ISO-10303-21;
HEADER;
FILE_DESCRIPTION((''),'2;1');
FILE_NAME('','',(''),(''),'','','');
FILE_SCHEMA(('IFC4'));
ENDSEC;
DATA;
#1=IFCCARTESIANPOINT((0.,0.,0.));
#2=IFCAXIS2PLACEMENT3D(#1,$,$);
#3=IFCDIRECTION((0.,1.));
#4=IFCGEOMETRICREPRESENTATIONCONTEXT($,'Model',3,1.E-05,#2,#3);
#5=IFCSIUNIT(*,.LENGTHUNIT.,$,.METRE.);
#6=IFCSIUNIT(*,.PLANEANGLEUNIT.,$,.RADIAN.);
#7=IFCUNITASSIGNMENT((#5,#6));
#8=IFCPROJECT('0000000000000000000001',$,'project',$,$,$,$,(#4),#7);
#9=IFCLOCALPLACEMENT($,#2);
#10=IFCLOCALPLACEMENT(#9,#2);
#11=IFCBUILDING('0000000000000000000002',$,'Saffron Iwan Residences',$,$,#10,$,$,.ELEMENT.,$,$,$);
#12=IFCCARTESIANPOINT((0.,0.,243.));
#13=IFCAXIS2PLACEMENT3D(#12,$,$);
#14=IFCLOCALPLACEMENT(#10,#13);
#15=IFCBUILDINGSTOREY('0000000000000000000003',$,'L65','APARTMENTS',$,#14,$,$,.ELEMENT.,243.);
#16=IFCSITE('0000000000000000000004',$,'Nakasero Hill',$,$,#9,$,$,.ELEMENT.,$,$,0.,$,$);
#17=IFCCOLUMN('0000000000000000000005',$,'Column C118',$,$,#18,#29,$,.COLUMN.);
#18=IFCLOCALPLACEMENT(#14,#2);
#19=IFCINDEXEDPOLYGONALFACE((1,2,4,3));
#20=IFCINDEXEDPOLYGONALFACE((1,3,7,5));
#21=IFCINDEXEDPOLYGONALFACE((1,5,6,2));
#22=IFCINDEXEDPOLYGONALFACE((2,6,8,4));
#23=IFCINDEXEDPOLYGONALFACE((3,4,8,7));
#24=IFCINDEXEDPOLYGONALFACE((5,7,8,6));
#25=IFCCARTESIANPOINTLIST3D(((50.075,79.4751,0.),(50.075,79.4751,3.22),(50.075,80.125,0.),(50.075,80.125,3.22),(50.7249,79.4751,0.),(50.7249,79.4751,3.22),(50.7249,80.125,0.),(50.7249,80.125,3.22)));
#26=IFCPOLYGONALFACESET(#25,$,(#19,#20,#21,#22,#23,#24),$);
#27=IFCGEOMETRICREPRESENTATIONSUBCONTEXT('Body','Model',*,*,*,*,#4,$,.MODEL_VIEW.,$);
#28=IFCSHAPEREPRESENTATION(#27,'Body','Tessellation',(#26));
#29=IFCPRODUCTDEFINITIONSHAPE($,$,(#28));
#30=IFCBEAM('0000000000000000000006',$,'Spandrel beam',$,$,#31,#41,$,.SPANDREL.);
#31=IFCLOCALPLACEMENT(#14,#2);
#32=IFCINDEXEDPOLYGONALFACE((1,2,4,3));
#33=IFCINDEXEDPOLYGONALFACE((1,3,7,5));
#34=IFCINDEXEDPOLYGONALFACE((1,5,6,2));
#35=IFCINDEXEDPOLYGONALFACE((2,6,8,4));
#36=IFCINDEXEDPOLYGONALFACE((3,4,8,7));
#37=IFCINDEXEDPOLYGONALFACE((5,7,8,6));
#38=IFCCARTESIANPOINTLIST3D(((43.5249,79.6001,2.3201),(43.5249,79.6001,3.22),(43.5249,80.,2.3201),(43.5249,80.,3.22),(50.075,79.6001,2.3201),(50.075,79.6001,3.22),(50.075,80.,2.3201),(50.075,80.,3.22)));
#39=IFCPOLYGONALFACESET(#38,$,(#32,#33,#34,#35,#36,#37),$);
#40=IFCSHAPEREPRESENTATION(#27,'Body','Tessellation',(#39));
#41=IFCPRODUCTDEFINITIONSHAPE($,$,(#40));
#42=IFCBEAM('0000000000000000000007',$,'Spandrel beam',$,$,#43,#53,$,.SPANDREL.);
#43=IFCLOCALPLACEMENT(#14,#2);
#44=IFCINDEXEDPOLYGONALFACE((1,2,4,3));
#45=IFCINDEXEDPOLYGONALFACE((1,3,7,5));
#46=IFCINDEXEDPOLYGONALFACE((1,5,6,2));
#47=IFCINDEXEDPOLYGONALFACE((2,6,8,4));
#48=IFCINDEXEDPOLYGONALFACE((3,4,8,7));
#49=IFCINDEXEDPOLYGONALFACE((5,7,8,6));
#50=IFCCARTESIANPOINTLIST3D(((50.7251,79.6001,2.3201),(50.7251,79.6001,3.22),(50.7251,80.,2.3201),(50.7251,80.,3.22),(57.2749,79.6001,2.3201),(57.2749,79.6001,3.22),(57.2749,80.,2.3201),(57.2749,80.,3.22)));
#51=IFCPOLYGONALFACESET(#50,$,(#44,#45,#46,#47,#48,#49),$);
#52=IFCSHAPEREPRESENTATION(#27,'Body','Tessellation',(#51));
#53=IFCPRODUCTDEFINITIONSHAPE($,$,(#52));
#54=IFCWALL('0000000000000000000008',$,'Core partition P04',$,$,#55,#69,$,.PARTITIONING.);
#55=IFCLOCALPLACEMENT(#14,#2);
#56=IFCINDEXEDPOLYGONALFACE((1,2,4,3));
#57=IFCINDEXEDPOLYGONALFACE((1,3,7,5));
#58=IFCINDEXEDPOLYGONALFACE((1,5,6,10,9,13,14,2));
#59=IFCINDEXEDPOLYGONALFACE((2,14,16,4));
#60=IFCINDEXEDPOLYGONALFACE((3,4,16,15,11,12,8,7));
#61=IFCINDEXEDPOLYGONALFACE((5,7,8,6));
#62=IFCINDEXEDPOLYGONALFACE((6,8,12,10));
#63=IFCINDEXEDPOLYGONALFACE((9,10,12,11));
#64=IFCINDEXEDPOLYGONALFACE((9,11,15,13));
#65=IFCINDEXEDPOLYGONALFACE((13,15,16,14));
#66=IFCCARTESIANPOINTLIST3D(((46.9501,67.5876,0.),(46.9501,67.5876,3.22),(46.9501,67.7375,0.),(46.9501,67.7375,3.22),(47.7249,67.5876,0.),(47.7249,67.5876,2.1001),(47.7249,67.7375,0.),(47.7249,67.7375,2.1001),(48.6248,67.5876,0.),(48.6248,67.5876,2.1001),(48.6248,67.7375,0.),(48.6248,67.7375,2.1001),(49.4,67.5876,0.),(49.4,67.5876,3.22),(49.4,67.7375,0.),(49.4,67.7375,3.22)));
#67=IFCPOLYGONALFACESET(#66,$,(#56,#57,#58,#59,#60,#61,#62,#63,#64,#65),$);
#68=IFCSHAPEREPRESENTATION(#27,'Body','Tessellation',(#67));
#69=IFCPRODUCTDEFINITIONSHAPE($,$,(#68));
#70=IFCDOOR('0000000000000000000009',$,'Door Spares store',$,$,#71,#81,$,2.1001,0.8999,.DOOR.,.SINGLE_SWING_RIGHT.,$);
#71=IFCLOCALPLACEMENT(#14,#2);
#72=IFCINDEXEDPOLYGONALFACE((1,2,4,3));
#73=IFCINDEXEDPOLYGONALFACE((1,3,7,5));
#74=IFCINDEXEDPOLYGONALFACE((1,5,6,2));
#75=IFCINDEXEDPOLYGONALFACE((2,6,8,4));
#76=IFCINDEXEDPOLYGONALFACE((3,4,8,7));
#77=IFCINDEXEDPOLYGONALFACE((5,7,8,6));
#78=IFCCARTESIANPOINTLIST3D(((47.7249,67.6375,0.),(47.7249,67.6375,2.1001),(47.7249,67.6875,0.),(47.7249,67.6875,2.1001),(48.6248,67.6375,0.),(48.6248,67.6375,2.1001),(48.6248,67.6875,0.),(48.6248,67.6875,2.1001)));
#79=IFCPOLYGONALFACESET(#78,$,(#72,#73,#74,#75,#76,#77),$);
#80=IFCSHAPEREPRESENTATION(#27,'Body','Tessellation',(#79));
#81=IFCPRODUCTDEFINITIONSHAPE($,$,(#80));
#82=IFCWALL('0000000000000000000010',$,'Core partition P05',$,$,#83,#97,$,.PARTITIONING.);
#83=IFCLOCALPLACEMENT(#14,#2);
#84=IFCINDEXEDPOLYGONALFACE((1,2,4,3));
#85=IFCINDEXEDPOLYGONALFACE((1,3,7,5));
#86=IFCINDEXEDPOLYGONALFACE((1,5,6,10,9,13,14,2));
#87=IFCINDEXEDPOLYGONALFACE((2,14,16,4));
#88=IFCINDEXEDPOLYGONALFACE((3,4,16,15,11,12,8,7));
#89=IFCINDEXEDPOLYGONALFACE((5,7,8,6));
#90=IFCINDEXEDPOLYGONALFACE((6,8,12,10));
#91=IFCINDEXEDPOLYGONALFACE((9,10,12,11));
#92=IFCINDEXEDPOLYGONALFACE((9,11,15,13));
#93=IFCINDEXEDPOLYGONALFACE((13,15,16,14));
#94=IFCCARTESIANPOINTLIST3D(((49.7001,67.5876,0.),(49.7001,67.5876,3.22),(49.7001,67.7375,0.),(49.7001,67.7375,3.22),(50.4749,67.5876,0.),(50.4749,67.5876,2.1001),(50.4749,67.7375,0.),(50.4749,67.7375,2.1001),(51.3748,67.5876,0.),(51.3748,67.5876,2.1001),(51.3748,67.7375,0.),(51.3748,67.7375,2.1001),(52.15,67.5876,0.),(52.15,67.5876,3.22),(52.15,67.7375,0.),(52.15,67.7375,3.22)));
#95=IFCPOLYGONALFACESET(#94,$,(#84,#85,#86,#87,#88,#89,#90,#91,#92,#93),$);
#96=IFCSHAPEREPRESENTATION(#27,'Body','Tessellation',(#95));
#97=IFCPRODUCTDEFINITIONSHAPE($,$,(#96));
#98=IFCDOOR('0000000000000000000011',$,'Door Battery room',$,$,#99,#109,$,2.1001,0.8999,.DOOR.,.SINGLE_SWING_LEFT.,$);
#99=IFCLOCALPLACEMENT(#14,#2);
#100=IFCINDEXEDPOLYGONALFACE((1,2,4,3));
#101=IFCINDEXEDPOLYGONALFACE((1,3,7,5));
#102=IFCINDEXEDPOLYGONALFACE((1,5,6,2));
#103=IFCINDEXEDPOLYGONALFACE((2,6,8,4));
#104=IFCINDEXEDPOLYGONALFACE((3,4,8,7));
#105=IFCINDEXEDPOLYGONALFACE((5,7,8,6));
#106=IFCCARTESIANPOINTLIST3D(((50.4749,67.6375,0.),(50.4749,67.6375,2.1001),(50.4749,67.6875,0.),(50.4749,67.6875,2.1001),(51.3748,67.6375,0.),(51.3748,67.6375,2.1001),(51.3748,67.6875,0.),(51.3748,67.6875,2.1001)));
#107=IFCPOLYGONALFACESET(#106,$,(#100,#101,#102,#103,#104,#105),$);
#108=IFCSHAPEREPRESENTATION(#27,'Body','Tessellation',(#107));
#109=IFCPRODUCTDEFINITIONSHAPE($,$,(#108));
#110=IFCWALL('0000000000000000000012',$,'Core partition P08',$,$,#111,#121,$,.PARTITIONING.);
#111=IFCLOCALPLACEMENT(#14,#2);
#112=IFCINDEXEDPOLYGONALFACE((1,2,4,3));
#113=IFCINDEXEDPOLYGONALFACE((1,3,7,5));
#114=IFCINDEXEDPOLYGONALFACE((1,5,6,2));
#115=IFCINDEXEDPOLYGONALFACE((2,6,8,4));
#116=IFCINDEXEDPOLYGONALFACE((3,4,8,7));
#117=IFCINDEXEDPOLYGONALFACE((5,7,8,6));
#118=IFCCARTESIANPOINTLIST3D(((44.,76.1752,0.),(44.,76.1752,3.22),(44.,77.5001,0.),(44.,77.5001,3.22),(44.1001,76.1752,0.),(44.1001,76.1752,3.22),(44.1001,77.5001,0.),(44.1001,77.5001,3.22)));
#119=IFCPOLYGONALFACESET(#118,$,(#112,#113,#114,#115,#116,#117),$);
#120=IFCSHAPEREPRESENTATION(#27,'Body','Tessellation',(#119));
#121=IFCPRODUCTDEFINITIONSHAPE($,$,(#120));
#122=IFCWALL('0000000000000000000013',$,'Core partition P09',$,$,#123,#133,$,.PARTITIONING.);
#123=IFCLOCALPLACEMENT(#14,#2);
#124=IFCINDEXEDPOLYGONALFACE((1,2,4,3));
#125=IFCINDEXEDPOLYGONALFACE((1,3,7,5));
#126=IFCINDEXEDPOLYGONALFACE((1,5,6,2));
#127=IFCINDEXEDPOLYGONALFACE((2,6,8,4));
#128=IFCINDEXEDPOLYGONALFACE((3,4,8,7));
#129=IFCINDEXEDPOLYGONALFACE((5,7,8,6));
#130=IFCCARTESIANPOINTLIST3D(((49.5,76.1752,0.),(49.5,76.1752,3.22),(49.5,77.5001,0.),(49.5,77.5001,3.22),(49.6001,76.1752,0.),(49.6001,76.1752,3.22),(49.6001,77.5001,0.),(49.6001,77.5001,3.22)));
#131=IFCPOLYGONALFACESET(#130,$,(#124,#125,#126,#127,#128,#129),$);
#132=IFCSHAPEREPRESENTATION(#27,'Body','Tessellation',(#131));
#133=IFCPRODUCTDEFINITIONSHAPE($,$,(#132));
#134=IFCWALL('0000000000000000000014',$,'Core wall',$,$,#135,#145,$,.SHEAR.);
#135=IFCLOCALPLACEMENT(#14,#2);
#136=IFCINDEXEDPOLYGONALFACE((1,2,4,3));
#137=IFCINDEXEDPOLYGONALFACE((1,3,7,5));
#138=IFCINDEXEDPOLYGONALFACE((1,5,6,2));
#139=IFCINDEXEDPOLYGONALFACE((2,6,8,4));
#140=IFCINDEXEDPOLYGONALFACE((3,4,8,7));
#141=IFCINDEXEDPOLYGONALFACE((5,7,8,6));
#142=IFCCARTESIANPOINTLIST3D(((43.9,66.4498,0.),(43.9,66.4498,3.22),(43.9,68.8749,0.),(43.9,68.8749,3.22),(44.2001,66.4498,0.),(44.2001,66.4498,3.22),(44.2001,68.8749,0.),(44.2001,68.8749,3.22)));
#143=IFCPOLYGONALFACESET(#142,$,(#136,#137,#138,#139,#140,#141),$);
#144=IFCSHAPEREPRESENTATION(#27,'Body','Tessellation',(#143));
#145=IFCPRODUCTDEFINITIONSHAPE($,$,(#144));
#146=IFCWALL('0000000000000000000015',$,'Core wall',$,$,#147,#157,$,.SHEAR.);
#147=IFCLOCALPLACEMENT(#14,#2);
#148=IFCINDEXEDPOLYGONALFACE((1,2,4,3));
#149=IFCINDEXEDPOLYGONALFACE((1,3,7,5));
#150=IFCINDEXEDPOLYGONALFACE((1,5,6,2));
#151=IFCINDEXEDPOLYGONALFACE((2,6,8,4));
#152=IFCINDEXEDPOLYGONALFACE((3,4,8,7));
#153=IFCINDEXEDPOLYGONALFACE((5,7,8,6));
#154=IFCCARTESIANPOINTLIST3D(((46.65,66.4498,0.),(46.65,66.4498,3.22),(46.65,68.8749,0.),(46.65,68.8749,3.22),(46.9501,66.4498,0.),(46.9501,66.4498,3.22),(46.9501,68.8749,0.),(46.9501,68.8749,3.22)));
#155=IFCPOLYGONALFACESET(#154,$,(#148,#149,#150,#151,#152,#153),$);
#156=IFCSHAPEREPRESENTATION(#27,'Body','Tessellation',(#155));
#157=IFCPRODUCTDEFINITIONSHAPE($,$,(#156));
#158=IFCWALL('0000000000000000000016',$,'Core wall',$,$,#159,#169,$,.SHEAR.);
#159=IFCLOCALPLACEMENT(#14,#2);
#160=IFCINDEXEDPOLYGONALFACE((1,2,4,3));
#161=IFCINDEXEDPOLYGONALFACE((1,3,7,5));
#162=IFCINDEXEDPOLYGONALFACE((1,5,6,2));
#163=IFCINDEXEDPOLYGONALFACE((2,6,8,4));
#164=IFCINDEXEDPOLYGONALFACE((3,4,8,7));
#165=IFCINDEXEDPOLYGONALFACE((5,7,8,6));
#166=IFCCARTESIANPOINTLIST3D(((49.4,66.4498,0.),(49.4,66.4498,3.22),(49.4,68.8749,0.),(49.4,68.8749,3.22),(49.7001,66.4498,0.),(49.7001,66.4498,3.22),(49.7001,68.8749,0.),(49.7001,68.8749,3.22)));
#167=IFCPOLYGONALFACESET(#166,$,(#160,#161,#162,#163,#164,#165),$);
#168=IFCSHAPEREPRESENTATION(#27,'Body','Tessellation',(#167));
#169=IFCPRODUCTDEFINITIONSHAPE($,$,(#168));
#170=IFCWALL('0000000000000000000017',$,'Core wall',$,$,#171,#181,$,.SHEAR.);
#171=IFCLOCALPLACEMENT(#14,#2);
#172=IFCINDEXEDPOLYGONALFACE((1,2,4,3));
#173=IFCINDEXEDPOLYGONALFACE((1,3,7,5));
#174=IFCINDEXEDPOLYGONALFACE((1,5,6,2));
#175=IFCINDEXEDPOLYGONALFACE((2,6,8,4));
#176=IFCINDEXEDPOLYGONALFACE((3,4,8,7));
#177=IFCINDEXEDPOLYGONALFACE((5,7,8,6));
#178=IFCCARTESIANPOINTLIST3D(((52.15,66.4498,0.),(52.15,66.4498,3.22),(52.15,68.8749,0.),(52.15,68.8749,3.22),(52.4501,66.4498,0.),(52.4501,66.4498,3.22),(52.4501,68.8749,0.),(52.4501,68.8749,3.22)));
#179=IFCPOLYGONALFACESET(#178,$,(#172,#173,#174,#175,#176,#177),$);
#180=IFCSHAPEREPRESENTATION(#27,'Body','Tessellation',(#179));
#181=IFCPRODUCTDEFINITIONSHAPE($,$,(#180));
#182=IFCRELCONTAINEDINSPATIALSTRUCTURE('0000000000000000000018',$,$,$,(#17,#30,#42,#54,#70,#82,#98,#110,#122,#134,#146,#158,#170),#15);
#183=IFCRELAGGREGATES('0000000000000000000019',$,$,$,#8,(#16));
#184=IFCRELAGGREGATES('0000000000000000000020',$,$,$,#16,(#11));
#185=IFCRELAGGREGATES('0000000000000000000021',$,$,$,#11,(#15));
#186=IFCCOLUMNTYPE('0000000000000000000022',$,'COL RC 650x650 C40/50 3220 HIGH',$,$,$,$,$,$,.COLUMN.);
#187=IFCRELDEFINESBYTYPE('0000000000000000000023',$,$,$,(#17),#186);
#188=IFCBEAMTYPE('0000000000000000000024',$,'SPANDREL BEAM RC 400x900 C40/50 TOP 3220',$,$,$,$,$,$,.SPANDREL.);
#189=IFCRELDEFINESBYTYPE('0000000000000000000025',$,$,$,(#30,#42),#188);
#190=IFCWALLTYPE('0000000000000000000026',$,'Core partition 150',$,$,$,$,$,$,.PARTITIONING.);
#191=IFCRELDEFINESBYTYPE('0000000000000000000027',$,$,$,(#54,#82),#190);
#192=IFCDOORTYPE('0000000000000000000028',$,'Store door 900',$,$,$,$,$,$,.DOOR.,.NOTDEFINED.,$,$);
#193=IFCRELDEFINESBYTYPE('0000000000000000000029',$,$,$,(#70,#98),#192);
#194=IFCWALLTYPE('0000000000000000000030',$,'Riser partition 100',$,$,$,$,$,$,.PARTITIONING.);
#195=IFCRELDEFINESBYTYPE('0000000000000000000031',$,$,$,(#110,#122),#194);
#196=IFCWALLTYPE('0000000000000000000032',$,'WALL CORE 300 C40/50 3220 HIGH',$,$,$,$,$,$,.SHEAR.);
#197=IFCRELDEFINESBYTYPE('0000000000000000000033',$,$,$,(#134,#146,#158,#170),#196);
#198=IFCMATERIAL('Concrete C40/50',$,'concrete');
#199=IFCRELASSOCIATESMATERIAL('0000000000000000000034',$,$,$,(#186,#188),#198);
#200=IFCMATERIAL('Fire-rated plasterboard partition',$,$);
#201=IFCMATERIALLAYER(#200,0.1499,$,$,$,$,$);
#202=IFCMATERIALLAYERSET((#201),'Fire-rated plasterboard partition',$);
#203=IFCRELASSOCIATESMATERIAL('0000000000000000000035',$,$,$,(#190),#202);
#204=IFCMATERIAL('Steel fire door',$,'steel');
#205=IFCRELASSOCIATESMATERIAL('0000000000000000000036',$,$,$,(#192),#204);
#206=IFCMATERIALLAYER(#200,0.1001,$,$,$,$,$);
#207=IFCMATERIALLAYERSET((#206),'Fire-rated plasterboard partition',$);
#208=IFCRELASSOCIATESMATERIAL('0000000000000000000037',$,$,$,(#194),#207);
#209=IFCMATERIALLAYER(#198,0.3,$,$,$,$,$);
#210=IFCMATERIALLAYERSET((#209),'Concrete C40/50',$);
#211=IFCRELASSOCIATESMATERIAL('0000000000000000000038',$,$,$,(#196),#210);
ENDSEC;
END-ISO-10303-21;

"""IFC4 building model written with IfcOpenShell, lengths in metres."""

from ifc_helpers import new_model, si_unit, direction, frame, frame_2d, origin, origin_2d, place, context, subcontext, project, spatial, rectangle, extrude, source, transform, mapped, material, layer, layer_set, material_profile, profile_set, type_object, element, fill, save


model = new_model("IFC4")

# Units and contexts
model_context = context("Model", 3, precision=1e-05, world=origin(), true_north=direction((0.0, 1.0)))
body_context = subcontext(model_context, "Body", "Model", "MODEL_VIEW")
ifc_project = project(units=[si_unit("LENGTHUNIT", "METRE"), si_unit("PLANEANGLEUNIT", "RADIAN")], contexts=[model_context])

# Site, building, storey
site_placement = place(None, origin())
site = spatial("IfcSite", under=ifc_project, at=site_placement, Name="Nakasero Hill", CompositionType="ELEMENT", RefElevation=0.0)
building_placement = place(site_placement, origin())
building = spatial("IfcBuilding", under=site, at=building_placement, Name="Saffron Iwan Residences", CompositionType="ELEMENT")
storey_placement = place(building_placement, frame((0.0, 0.0, 243.0)))
storey = spatial("IfcBuildingStorey", under=building, at=storey_placement, Name="L65", Description="APARTMENTS", CompositionType="ELEMENT", Elevation=243.0)

# Column
ifc_material_1 = material(Name="Concrete C40/50", Category="concrete")
ifc_material_profile_1 = material_profile(ifc_material_1, rectangle(XDim=0.6499, YDim=0.6499, at=origin_2d()), Name="RC 650x650")
ifc_profile_set_1 = profile_set([ifc_material_profile_1], Name="Concrete C40/50")
column_type = type_object("IfcColumnType", Name="COL RC 650x650 C40/50 3220 HIGH", PredefinedType="COLUMN", material=ifc_profile_set_1)
shared_shape_1 = source(origin(), body_context, "Body", "SweptSolid", [
    extrude(rectangle(XDim=0.6499, YDim=0.6499, at=origin_2d()), origin(), (0.0, 0.0, 1.0), 3.22),
])
column_placement = place(storey_placement, frame((50.3999, 79.8, 0.0), z_axis=(0.0, 0.0, 1.0), x_axis=(1.0, 0.0, 0.0)))
element("IfcColumn", 1, at=column_placement, inside=storey, type_object=column_type, Name="Column C118", PredefinedType="COLUMN", context=body_context, shape_type="MappedRepresentation", body=[
    mapped(shared_shape_1, transform((0.0, 0.0, 0.0))),
])

# Beams
ifc_material_profile_2 = material_profile(ifc_material_1, rectangle(XDim=0.3999, YDim=0.8999, at=origin_2d()), Name="RC 400x900")
ifc_profile_set_2 = profile_set([ifc_material_profile_2], Name="Concrete C40/50")
beam_type = type_object("IfcBeamType", Name="SPANDREL BEAM RC 400x900 C40/50 TOP 3220", PredefinedType="SPANDREL", material=ifc_profile_set_2)
shared_shape_2 = source(origin(), body_context, "Body", "SweptSolid", [
    extrude(rectangle(XDim=0.3999, YDim=0.8999, at=origin_2d()), origin(), (0.0, 0.0, 1.0), 6.55),
])
beam_1_placement = place(storey_placement, frame((43.5249, 79.8, 2.77), z_axis=(1.0, 0.0, 0.0), x_axis=(0.0, 1.0, 0.0)))
element("IfcBeam", 2, at=beam_1_placement, inside=storey, type_object=beam_type, Name="Spandrel beam", PredefinedType="SPANDREL", context=body_context, shape_type="MappedRepresentation", body=[
    mapped(shared_shape_2, transform((0.0, 0.0, 0.0))),
])
shared_shape_3 = source(origin(), body_context, "Body", "SweptSolid", [
    extrude(rectangle(XDim=0.3999, YDim=0.8999, at=origin_2d()), origin(), (0.0, 0.0, 1.0), 6.5498),
])
beam_2_placement = place(storey_placement, frame((50.7251, 79.8, 2.77), z_axis=(1.0, 0.0, 0.0), x_axis=(0.0, 1.0, 0.0)))
element("IfcBeam", 3, at=beam_2_placement, inside=storey, type_object=beam_type, Name="Spandrel beam", PredefinedType="SPANDREL", context=body_context, shape_type="MappedRepresentation", body=[
    mapped(shared_shape_3, transform((0.0, 0.0, 0.0))),
])

# Walls, openings, doors
ifc_material_2 = material(Name="Fire-rated plasterboard partition")
ifc_layer_1 = layer(ifc_material_2, 0.1499)
ifc_layer_set_1 = layer_set([ifc_layer_1], Name="Fire-rated plasterboard partition")
wall_type_1 = type_object("IfcWallType", Name="Core partition 150", PredefinedType="PARTITIONING", material=ifc_layer_set_1)
wall_1_placement = place(storey_placement, frame((46.95, 67.6626, 0.0), z_axis=(0.0, 0.0, 1.0), x_axis=(1.0, 0.0, 0.0)))
wall_1 = element("IfcWall", 4, at=wall_1_placement, inside=storey, type_object=wall_type_1, Name="Core partition P04", PredefinedType="PARTITIONING", context=body_context, shape_type="SweptSolid", body=[
    extrude(rectangle(XDim=2.45, YDim=0.1499, at=frame_2d((1.2251, 0.0))), origin(), (0.0, 0.0, 1.0), 3.22),
])
opening_1_placement = place(wall_1_placement, frame((0.7749, 0.0, 0.0)))
opening_1 = element("IfcOpeningElement", 5, at=opening_1_placement, cuts=wall_1, PredefinedType="OPENING", context=body_context, shape_type="SweptSolid", body=[
    extrude(rectangle(XDim=0.8999, YDim=2.1001, at=frame_2d((0.45, 1.05))), frame((0.0, 0.085, 0.0), z_axis=(0.0, -1.0, 0.0), x_axis=(1.0, 0.0, 0.0)), (0.0, 0.0, 1.0), 0.1699),
])
ifc_material_3 = material(Name="Steel fire door", Category="steel")
door_type = type_object("IfcDoorType", Name="Store door 900", OperationType="NOTDEFINED", PredefinedType="DOOR", material=ifc_material_3)
door_1_placement = place(opening_1_placement, origin())
door_1 = element("IfcDoor", 6, at=door_1_placement, inside=storey, type_object=door_type, Name="Door Spares store", OperationType="SINGLE_SWING_RIGHT", OverallHeight=2.1001, OverallWidth=0.8999, PredefinedType="DOOR", context=body_context, shape_type="SweptSolid", body=[
    extrude(rectangle(XDim=0.8999, YDim=2.1001, at=frame_2d((0.45, 1.05))), frame((0.0, 0.0249, 0.0), z_axis=(0.0, -1.0, 0.0), x_axis=(1.0, 0.0, 0.0)), (0.0, 0.0, 1.0), 0.05),
])
fill(opening_1, door_1)
wall_2_placement = place(storey_placement, frame((49.7, 67.6626, 0.0), z_axis=(0.0, 0.0, 1.0), x_axis=(1.0, 0.0, 0.0)))
wall_2 = element("IfcWall", 7, at=wall_2_placement, inside=storey, type_object=wall_type_1, Name="Core partition P05", PredefinedType="PARTITIONING", context=body_context, shape_type="SweptSolid", body=[
    extrude(rectangle(XDim=2.45, YDim=0.1499, at=frame_2d((1.2251, 0.0))), origin(), (0.0, 0.0, 1.0), 3.22),
])
opening_2_placement = place(wall_2_placement, frame((0.7749, 0.0, 0.0)))
opening_2 = element("IfcOpeningElement", 8, at=opening_2_placement, cuts=wall_2, PredefinedType="OPENING", context=body_context, shape_type="SweptSolid", body=[
    extrude(rectangle(XDim=0.8999, YDim=2.1001, at=frame_2d((0.45, 1.05))), frame((0.0, 0.085, 0.0), z_axis=(0.0, -1.0, 0.0), x_axis=(1.0, 0.0, 0.0)), (0.0, 0.0, 1.0), 0.1699),
])
door_2_placement = place(opening_2_placement, origin())
door_2 = element("IfcDoor", 9, at=door_2_placement, inside=storey, type_object=door_type, Name="Door Battery room", OperationType="SINGLE_SWING_LEFT", OverallHeight=2.1001, OverallWidth=0.8999, PredefinedType="DOOR", context=body_context, shape_type="SweptSolid", body=[
    extrude(rectangle(XDim=0.8999, YDim=2.1001, at=frame_2d((0.45, 1.05))), frame((0.0, 0.0249, 0.0), z_axis=(0.0, -1.0, 0.0), x_axis=(1.0, 0.0, 0.0)), (0.0, 0.0, 1.0), 0.05),
])
fill(opening_2, door_2)

# Walls
ifc_layer_2 = layer(ifc_material_2, 0.1001)
ifc_layer_set_2 = layer_set([ifc_layer_2], Name="Fire-rated plasterboard partition")
wall_type_2 = type_object("IfcWallType", Name="Riser partition 100", PredefinedType="PARTITIONING", material=ifc_layer_set_2)
for number, where, z_axis, x_axis, name in (
    (10, (44.05, 76.175, 0.0), (0.0, 0.0, 1.0), (0.0, 1.0, 0.0), "Core partition P08"),
    (11, (49.55, 76.175, 0.0), (0.0, 0.0, 1.0), (0.0, 1.0, 0.0), "Core partition P09"),
):
    element("IfcWall", number, at=place(storey_placement, frame(where, z_axis=z_axis, x_axis=x_axis)), inside=storey, type_object=wall_type_2, Name=name, PredefinedType="PARTITIONING", context=body_context, shape_type="SweptSolid", body=[
        extrude(rectangle(XDim=1.325, YDim=0.1001, at=frame_2d((0.6626, 0.0))), origin(), (0.0, 0.0, 1.0), 3.22),
    ])
ifc_layer_3 = layer(ifc_material_1, 0.3)
ifc_layer_set_3 = layer_set([ifc_layer_3], Name="Concrete C40/50")
wall_type_3 = type_object("IfcWallType", Name="WALL CORE 300 C40/50 3220 HIGH", PredefinedType="SHEAR", material=ifc_layer_set_3)
for number, where, z_axis, x_axis, name in (
    (12, (44.05, 66.45, 0.0), (0.0, 0.0, 1.0), (0.0, 1.0, 0.0), "Core wall"),
    (13, (46.8, 66.45, 0.0), (0.0, 0.0, 1.0), (0.0, 1.0, 0.0), "Core wall"),
    (14, (49.55, 66.45, 0.0), (0.0, 0.0, 1.0), (0.0, 1.0, 0.0), "Core wall"),
    (15, (52.3, 66.45, 0.0), (0.0, 0.0, 1.0), (0.0, 1.0, 0.0), "Core wall"),
):
    element("IfcWall", number, at=place(storey_placement, frame(where, z_axis=z_axis, x_axis=x_axis)), inside=storey, type_object=wall_type_3, Name=name, PredefinedType="SHEAR", context=body_context, shape_type="SweptSolid", body=[
        extrude(rectangle(XDim=2.425, YDim=0.3, at=frame_2d((1.2124, 0.0))), origin(), (0.0, 0.0, 1.0), 3.22),
    ])

save(model, "model.ifc")
